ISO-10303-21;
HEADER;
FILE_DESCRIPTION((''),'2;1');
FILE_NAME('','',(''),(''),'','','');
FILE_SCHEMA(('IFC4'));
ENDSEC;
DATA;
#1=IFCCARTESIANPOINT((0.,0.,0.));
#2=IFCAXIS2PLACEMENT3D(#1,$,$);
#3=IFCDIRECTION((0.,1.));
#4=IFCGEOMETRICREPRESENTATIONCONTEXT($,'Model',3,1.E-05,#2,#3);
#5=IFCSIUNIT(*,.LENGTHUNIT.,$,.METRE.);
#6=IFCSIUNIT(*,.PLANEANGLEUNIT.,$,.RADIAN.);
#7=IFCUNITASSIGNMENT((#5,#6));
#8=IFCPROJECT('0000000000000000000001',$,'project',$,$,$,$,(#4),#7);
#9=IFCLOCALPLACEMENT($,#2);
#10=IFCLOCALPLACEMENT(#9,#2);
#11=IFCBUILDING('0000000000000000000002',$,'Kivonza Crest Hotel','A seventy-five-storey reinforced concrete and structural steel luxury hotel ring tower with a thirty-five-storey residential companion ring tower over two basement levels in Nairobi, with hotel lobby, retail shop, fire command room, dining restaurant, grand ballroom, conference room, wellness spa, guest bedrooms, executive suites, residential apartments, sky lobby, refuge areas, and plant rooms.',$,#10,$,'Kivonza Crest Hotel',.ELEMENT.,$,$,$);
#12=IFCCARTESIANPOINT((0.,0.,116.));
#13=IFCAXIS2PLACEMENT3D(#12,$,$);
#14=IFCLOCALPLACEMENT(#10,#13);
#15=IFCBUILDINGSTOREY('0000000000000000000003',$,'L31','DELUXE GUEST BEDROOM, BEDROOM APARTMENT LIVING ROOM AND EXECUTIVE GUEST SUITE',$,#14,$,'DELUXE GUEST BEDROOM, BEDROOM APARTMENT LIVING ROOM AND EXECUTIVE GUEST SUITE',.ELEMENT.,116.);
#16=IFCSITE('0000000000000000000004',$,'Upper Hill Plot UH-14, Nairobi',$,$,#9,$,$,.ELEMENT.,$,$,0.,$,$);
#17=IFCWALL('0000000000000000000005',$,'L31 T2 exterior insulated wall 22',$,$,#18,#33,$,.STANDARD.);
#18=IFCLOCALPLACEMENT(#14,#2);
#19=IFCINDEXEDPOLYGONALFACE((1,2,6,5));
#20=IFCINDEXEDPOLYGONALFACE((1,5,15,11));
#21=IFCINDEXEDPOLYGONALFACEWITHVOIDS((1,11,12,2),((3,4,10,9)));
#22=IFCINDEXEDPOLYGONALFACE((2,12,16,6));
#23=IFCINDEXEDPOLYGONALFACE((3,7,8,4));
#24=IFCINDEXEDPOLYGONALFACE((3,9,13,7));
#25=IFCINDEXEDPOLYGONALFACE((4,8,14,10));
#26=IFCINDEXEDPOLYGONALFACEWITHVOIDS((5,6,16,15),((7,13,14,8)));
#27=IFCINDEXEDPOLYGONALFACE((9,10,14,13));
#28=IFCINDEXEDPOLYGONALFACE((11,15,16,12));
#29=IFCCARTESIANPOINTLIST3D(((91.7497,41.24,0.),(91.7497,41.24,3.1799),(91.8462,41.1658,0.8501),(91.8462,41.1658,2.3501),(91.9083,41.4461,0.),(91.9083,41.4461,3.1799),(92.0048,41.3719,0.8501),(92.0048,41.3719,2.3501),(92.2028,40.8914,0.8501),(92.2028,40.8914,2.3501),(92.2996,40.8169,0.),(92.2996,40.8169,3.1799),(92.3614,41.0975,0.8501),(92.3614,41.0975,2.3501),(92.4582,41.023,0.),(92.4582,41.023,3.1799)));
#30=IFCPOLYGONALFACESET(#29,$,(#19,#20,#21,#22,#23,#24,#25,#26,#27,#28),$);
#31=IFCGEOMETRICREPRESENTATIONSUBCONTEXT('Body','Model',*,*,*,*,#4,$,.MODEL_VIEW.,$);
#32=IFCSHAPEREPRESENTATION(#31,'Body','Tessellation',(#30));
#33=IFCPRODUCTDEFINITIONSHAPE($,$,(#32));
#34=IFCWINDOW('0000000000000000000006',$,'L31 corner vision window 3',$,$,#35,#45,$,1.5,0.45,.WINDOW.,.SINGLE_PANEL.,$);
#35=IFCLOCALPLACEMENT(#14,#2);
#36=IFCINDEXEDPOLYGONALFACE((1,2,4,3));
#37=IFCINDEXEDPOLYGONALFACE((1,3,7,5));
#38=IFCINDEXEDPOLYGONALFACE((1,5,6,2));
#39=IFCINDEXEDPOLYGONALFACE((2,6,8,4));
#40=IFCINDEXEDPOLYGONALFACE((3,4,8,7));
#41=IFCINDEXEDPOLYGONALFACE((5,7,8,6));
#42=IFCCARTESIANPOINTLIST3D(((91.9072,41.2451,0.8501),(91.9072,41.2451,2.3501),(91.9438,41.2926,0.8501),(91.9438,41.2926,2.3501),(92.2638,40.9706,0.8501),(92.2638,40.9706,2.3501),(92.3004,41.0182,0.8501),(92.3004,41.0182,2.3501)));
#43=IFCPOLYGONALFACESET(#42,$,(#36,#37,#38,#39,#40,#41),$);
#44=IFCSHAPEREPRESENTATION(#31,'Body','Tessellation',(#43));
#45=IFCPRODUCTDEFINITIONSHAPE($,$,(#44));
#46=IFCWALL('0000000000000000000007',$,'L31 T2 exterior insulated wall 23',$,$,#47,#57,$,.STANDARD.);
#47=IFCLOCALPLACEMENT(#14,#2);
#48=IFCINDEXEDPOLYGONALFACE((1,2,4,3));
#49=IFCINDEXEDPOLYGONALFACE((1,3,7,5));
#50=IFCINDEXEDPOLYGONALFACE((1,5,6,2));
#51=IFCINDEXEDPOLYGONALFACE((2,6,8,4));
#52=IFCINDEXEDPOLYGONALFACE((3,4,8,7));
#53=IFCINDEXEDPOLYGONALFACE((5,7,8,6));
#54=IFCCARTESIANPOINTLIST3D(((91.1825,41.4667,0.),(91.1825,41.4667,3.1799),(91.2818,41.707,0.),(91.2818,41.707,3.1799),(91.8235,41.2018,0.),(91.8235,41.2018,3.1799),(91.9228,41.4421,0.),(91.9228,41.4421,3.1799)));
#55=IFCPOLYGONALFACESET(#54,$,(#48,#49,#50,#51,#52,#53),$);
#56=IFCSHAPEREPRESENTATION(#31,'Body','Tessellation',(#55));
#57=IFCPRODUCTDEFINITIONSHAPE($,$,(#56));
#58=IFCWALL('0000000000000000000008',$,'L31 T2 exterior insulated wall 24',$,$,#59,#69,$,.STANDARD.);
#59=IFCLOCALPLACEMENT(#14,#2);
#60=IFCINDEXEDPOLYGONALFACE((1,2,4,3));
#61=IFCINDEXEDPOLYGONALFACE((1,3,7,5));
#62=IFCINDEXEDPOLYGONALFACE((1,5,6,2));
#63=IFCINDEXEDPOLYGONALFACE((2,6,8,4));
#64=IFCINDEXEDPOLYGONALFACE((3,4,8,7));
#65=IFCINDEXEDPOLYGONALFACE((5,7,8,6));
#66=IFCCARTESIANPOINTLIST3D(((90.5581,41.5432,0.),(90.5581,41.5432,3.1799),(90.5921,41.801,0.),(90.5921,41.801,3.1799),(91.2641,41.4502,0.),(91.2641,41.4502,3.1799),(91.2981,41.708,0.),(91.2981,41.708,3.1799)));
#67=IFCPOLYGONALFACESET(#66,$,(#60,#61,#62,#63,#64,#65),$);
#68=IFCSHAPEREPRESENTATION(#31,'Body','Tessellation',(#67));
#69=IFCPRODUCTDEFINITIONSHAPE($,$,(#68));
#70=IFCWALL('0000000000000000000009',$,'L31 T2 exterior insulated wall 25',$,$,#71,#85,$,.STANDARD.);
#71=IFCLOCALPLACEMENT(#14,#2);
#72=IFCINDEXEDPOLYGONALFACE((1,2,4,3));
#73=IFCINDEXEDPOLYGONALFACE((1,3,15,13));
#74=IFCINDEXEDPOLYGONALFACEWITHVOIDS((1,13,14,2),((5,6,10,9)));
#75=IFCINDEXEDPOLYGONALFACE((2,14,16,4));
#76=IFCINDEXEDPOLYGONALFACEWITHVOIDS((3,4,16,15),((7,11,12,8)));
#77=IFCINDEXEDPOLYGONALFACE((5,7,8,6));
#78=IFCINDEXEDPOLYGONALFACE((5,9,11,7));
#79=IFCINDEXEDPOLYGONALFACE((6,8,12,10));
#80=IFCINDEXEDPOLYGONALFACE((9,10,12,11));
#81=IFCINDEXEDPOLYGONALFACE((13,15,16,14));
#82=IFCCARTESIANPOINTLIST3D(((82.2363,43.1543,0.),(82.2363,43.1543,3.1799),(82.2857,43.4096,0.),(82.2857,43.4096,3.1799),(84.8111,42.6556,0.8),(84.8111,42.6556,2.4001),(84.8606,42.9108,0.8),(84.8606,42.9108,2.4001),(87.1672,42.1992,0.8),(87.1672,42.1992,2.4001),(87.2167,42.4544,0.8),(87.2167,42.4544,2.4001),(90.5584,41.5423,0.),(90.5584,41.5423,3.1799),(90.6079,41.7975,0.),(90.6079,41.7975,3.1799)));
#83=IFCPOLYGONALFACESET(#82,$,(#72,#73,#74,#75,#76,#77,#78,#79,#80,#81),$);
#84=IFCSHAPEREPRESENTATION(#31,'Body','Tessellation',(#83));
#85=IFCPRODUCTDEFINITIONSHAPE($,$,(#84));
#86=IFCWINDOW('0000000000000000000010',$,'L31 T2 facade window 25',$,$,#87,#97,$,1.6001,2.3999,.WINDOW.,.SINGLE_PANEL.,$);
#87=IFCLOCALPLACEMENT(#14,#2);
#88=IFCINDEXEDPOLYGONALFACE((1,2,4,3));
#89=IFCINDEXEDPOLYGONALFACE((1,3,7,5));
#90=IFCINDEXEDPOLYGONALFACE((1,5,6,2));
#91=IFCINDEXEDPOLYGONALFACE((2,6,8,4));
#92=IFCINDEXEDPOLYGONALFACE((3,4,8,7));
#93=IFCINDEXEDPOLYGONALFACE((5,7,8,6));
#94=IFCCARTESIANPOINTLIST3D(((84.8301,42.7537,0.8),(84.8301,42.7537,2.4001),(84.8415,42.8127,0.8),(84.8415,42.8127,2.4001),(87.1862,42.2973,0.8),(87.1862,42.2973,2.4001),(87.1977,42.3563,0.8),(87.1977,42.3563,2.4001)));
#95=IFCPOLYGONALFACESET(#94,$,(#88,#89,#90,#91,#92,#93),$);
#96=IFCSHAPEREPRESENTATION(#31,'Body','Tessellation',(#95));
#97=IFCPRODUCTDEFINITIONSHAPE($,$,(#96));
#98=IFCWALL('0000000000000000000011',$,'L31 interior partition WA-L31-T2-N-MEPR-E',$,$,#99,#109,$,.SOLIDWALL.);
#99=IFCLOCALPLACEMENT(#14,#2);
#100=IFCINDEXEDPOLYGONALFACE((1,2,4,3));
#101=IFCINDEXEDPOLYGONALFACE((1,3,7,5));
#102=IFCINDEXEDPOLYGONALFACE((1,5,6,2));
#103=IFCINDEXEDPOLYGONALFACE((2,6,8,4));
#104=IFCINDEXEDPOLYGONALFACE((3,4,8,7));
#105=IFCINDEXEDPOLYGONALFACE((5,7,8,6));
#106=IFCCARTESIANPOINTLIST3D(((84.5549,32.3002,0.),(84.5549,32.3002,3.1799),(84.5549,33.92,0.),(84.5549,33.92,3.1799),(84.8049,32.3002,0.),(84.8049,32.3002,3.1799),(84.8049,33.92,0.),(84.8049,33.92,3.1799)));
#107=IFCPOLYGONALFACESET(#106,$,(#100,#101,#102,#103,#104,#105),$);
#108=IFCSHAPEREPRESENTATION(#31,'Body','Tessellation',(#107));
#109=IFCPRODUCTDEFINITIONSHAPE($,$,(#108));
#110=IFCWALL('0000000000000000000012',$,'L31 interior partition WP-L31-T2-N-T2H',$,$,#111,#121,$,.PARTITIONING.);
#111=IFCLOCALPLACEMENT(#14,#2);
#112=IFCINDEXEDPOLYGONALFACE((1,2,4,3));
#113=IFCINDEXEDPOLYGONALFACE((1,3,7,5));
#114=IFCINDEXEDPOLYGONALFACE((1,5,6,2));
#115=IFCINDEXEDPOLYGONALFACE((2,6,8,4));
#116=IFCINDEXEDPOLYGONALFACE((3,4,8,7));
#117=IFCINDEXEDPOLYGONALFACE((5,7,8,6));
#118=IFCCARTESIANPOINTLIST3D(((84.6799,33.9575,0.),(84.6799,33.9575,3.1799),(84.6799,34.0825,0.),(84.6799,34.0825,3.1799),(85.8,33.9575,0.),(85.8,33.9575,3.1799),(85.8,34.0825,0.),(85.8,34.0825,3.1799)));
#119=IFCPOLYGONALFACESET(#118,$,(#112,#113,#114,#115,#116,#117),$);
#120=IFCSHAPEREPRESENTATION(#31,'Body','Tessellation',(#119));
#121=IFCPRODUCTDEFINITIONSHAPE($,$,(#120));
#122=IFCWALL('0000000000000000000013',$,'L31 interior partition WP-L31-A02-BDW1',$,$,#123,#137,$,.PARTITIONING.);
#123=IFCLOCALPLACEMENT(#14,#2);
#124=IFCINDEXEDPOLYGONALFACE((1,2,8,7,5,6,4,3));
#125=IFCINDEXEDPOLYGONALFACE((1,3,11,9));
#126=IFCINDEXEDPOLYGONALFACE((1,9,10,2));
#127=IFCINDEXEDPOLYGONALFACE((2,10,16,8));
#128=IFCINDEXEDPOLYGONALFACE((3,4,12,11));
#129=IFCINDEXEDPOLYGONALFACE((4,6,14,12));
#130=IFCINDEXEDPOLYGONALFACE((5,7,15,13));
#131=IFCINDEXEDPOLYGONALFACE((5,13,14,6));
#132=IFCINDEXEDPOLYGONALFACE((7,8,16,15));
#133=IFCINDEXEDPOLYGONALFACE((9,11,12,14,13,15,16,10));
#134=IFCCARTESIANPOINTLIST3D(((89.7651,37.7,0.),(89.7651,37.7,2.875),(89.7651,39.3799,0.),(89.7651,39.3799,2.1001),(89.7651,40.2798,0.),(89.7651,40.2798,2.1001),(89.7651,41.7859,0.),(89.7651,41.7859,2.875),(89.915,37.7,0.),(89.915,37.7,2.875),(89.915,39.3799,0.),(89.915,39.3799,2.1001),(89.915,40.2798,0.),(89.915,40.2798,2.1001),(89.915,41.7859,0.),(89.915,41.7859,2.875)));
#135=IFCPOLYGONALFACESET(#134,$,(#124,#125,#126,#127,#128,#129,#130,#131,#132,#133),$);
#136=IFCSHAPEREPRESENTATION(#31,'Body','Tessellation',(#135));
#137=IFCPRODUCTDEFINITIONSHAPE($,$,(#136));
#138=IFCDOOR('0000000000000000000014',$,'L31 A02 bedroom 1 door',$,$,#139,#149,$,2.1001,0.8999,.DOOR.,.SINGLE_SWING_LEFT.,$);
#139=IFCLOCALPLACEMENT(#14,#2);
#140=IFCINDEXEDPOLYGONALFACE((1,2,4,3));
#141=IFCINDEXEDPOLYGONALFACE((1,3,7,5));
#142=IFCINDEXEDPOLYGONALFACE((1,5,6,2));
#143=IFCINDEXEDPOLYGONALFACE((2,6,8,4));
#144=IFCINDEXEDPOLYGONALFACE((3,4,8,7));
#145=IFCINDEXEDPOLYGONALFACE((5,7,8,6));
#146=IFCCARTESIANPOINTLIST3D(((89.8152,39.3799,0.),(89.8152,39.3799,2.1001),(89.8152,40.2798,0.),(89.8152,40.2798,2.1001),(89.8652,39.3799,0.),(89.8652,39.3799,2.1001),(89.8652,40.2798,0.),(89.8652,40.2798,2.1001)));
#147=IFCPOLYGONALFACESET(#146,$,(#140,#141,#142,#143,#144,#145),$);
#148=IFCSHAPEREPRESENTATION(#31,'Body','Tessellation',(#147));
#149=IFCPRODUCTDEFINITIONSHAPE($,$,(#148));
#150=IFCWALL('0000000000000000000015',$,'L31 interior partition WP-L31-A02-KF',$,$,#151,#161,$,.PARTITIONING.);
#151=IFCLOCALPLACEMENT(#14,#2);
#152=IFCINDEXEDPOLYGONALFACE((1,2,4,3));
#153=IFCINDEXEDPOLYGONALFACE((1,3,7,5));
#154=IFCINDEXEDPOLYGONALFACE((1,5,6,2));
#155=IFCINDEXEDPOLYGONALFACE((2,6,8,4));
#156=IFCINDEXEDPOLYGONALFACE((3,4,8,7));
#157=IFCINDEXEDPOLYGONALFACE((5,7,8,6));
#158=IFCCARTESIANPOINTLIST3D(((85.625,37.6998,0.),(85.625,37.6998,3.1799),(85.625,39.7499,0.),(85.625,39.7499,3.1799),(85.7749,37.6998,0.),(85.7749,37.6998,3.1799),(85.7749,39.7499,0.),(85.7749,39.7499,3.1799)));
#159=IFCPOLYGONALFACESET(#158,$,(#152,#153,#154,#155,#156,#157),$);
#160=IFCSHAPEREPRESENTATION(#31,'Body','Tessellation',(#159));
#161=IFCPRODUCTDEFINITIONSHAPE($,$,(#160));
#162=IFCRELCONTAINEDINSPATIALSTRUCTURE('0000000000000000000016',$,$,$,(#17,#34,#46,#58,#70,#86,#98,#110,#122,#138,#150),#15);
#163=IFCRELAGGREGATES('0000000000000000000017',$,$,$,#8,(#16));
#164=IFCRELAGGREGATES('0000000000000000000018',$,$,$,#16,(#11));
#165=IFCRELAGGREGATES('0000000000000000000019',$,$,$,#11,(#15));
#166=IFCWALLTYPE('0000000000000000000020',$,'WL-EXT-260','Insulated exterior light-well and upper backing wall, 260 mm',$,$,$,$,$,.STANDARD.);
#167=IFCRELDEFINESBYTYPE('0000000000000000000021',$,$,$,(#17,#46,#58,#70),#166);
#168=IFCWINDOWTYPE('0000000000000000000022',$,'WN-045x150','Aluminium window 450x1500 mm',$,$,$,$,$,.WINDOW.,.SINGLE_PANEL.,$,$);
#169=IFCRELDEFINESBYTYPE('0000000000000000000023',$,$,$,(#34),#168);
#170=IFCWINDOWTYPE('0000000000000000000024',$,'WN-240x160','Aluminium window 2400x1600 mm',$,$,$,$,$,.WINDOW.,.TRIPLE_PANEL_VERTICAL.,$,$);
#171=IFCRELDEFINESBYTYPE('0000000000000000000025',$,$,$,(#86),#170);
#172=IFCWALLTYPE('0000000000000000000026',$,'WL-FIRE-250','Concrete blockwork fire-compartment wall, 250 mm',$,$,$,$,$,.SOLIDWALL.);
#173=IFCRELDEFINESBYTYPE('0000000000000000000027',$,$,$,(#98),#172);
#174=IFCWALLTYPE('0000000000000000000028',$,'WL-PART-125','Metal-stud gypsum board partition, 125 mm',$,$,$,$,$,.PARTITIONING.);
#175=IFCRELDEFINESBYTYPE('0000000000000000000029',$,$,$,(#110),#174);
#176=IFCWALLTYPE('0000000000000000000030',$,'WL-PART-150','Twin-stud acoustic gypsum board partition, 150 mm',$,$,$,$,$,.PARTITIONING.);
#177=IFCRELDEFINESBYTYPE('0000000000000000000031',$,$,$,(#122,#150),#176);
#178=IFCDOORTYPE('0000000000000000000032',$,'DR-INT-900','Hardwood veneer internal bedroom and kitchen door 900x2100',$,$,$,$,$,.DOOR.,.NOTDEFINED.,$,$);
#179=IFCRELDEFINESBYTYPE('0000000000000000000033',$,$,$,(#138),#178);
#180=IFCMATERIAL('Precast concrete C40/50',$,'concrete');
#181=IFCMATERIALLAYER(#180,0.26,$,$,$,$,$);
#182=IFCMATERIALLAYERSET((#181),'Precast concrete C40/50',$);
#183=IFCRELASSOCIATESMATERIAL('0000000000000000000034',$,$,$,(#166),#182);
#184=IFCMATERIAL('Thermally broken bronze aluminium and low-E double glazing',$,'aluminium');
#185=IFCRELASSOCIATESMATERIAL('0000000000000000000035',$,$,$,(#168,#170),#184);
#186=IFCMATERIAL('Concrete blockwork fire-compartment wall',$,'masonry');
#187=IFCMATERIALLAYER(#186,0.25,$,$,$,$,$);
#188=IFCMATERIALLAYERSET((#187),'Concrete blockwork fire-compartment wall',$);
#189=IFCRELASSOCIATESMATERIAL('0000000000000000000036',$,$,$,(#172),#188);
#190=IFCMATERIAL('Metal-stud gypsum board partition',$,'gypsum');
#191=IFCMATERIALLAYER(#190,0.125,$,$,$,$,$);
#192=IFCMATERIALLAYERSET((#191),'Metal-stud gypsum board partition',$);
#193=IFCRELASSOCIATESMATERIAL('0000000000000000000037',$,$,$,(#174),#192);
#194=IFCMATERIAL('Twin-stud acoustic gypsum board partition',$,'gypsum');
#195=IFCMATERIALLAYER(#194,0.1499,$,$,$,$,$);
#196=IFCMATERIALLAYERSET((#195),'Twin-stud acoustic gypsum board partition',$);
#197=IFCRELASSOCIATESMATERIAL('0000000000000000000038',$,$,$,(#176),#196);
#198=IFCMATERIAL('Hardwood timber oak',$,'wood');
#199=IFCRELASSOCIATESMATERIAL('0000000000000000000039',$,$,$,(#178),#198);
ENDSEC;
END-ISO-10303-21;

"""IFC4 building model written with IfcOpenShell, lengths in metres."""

from ifc_helpers import new_model, si_unit, direction, frame, frame_2d, origin, place, context, subcontext, project, spatial, rectangle, extrude, material, layer, layer_set, type_object, element, fill, save


model = new_model("IFC4")

# Units and contexts
model_context = context("Model", 3, precision=1e-05, world=origin(), true_north=direction((0.0, 1.0)))
body_context = subcontext(model_context, "Body", "Model", "MODEL_VIEW")
ifc_project = project(units=[si_unit("LENGTHUNIT", "METRE"), si_unit("PLANEANGLEUNIT", "RADIAN")], contexts=[model_context])

# Site, building, storey
site_placement = place(None, origin())
site = spatial("IfcSite", under=ifc_project, at=site_placement, Name="Upper Hill Plot UH-14, Nairobi", CompositionType="ELEMENT", RefElevation=0.0)
building_placement = place(site_placement, origin())
building = spatial("IfcBuilding", under=site, at=building_placement, Name="Kivonza Crest Hotel", Description="A seventy-five-storey reinforced concrete and structural steel luxury hotel ring tower with a thirty-five-storey residential companion ring tower over two basement levels in Nairobi, with hotel lobby, retail shop, fire command room, dining restaurant, grand ballroom, conference room, wellness spa, guest bedrooms, executive suites, residential apartments, sky lobby, refuge areas, and plant rooms.", LongName="Kivonza Crest Hotel", CompositionType="ELEMENT")
storey_placement = place(building_placement, frame((0.0, 0.0, 116.0)))
storey = spatial("IfcBuildingStorey", under=building, at=storey_placement, Name="L31", Description="DELUXE GUEST BEDROOM, BEDROOM APARTMENT LIVING ROOM AND EXECUTIVE GUEST SUITE", LongName="DELUXE GUEST BEDROOM, BEDROOM APARTMENT LIVING ROOM AND EXECUTIVE GUEST SUITE", CompositionType="ELEMENT", Elevation=116.0)

# Shared definitions
ifc_material_1 = material(Name="Hardwood timber oak", Category="wood")

# Shared definitions
ifc_material_2 = material(Name="Precast concrete C40/50", Category="concrete")
ifc_layer_1 = layer(ifc_material_2, 0.26)
ifc_layer_set_1 = layer_set([ifc_layer_1], Name="Precast concrete C40/50")
wall_type_1 = type_object("IfcWallType", Name="WL-EXT-260", Description="Insulated exterior light-well and upper backing wall, 260 mm", PredefinedType="STANDARD", material=ifc_layer_set_1)

# Wall, opening, window
wall_1_placement = place(storey_placement, frame((92.3789, 40.9199, 0.0), z_axis=(0.0, 0.0, 1.0), x_axis=(-0.792506, 0.609864, 0.0)))
wall_1 = element("IfcWall", 1, at=wall_1_placement, inside=storey, type_object=wall_type_1, Name="L31 T2 exterior insulated wall 22", PredefinedType="STANDARD", context=body_context, shape_type="SweptSolid", body=[
    extrude(rectangle(XDim=0.6938, YDim=0.26, at=frame_2d((0.3469, 0.0))), origin(), (0.0, 0.0, 1.0), 3.1799),
])
opening_1_placement = place(wall_1_placement, frame((0.1221, 0.0, 0.8501)))
opening_1 = element("IfcOpeningElement", 2, at=opening_1_placement, cuts=wall_1, PredefinedType="OPENING", context=body_context, shape_type="SweptSolid", body=[
    extrude(rectangle(XDim=0.45, YDim=1.5, at=frame_2d((0.2251, 0.75))), frame((0.0, 0.1401, 0.0), z_axis=(0.0, -1.0, 0.0), x_axis=(1.0, 0.0, 0.0)), (0.0, 0.0, 1.0), 0.28),
])
ifc_material_3 = material(Name="Thermally broken bronze aluminium and low-E double glazing", Category="aluminium")
window_type_1 = type_object("IfcWindowType", Name="WN-045x150", Description="Aluminium window 450x1500 mm", PartitioningType="SINGLE_PANEL", PredefinedType="WINDOW", material=ifc_material_3)
window_1_placement = place(opening_1_placement, origin())
window_1 = element("IfcWindow", 3, at=window_1_placement, inside=storey, type_object=window_type_1, Name="L31 corner vision window 3", OverallHeight=1.5, OverallWidth=0.45, PartitioningType="SINGLE_PANEL", PredefinedType="WINDOW", context=body_context, shape_type="SweptSolid", body=[
    extrude(rectangle(XDim=0.45, YDim=1.5, at=frame_2d((0.2251, 0.75))), frame((0.0, 0.03, 0.0), z_axis=(0.0, -1.0, 0.0), x_axis=(1.0, 0.0, 0.0)), (0.0, 0.0, 1.0), 0.0601),
])
fill(opening_1, window_1)

# Walls
wall_2_placement = place(storey_placement, frame((91.873, 41.322, 0.0), z_axis=(0.0, 0.0, 1.0), x_axis=(-0.924218, 0.381865, 0.0)))
element("IfcWall", 4, at=wall_2_placement, inside=storey, type_object=wall_type_1, Name="L31 T2 exterior insulated wall 23", PredefinedType="STANDARD", context=body_context, shape_type="SweptSolid", body=[
    extrude(rectangle(XDim=0.6936, YDim=0.26, at=frame_2d((0.3467, 0.0))), origin(), (0.0, 0.0, 1.0), 3.1799),
])
wall_3_placement = place(storey_placement, frame((91.281, 41.5791, 0.0), z_axis=(0.0, 0.0, 1.0), x_axis=(-0.991433, 0.130614, 0.0)))
element("IfcWall", 5, at=wall_3_placement, inside=storey, type_object=wall_type_1, Name="L31 T2 exterior insulated wall 24", PredefinedType="STANDARD", context=body_context, shape_type="SweptSolid", body=[
    extrude(rectangle(XDim=0.7122, YDim=0.26, at=frame_2d((0.356, 0.0))), origin(), (0.0, 0.0, 1.0), 3.1799),
])

# Wall, opening, window
wall_4_placement = place(storey_placement, frame((90.583, 41.6699, 0.0), z_axis=(0.0, 0.0, 1.0), x_axis=(-0.98175, 0.190175, 0.0)))
wall_4 = element("IfcWall", 6, at=wall_4_placement, inside=storey, type_object=wall_type_1, Name="L31 T2 exterior insulated wall 25", PredefinedType="STANDARD", context=body_context, shape_type="SweptSolid", body=[
    extrude(rectangle(XDim=8.4768, YDim=0.26, at=frame_2d((4.2383, 0.0))), origin(), (0.0, 0.0, 1.0), 3.1799),
])
opening_2_placement = place(wall_4_placement, frame((3.4541, 0.0, 0.8)))
opening_2 = element("IfcOpeningElement", 7, at=opening_2_placement, cuts=wall_4, PredefinedType="OPENING", context=body_context, shape_type="SweptSolid", body=[
    extrude(rectangle(XDim=2.3999, YDim=1.6001, at=frame_2d((1.2, 0.8))), frame((0.0, 0.1401, 0.0), z_axis=(0.0, -1.0, 0.0), x_axis=(1.0, 0.0, 0.0)), (0.0, 0.0, 1.0), 0.28),
])
window_type_2 = type_object("IfcWindowType", Name="WN-240x160", Description="Aluminium window 2400x1600 mm", PartitioningType="TRIPLE_PANEL_VERTICAL", PredefinedType="WINDOW", material=ifc_material_3)
window_2_placement = place(opening_2_placement, origin())
window_2 = element("IfcWindow", 8, at=window_2_placement, inside=storey, type_object=window_type_2, Name="L31 T2 facade window 25", OverallHeight=1.6001, OverallWidth=2.3999, PartitioningType="SINGLE_PANEL", PredefinedType="WINDOW", context=body_context, shape_type="SweptSolid", body=[
    extrude(rectangle(XDim=2.3999, YDim=1.6001, at=frame_2d((1.2, 0.8))), frame((0.0, 0.03, 0.0), z_axis=(0.0, -1.0, 0.0), x_axis=(1.0, 0.0, 0.0)), (0.0, 0.0, 1.0), 0.0601),
])
fill(opening_2, window_2)

# Walls
ifc_material_4 = material(Name="Concrete blockwork fire-compartment wall", Category="masonry")
ifc_layer_2 = layer(ifc_material_4, 0.25)
ifc_layer_set_2 = layer_set([ifc_layer_2], Name="Concrete blockwork fire-compartment wall")
wall_type_2 = type_object("IfcWallType", Name="WL-FIRE-250", Description="Concrete blockwork fire-compartment wall, 250 mm", PredefinedType="SOLIDWALL", material=ifc_layer_set_2)
wall_5_placement = place(storey_placement, frame((84.6799, 32.3, 0.0), z_axis=(0.0, 0.0, 1.0), x_axis=(0.0, 1.0, 0.0)))
element("IfcWall", 9, at=wall_5_placement, inside=storey, type_object=wall_type_2, Name="L31 interior partition WA-L31-T2-N-MEPR-E", PredefinedType="SOLIDWALL", context=body_context, shape_type="SweptSolid", body=[
    extrude(rectangle(XDim=1.6199, YDim=0.25, at=frame_2d((0.8101, 0.0))), origin(), (0.0, 0.0, 1.0), 3.1799),
])
ifc_material_5 = material(Name="Metal-stud gypsum board partition", Category="gypsum")
ifc_layer_3 = layer(ifc_material_5, 0.125)
ifc_layer_set_3 = layer_set([ifc_layer_3], Name="Metal-stud gypsum board partition")
wall_type_3 = type_object("IfcWallType", Name="WL-PART-125", Description="Metal-stud gypsum board partition, 125 mm", PredefinedType="PARTITIONING", material=ifc_layer_set_3)
wall_6_placement = place(storey_placement, frame((84.6799, 34.02, 0.0), z_axis=(0.0, 0.0, 1.0), x_axis=(1.0, 0.0, 0.0)))
element("IfcWall", 10, at=wall_6_placement, inside=storey, type_object=wall_type_3, Name="L31 interior partition WP-L31-T2-N-T2H", PredefinedType="PARTITIONING", context=body_context, shape_type="SweptSolid", body=[
    extrude(rectangle(XDim=1.1201, YDim=0.125, at=frame_2d((0.5601, 0.0))), origin(), (0.0, 0.0, 1.0), 3.1799),
])

# Wall, opening, door
ifc_material_6 = material(Name="Twin-stud acoustic gypsum board partition", Category="gypsum")
ifc_layer_4 = layer(ifc_material_6, 0.1499)
ifc_layer_set_4 = layer_set([ifc_layer_4], Name="Twin-stud acoustic gypsum board partition")
wall_type_4 = type_object("IfcWallType", Name="WL-PART-150", Description="Twin-stud acoustic gypsum board partition, 150 mm", PredefinedType="PARTITIONING", material=ifc_layer_set_4)
wall_7_placement = place(storey_placement, frame((89.8401, 37.7, 0.0), z_axis=(0.0, 0.0, 1.0), x_axis=(0.0, 1.0, 0.0)))
wall_7 = element("IfcWall", 11, at=wall_7_placement, inside=storey, type_object=wall_type_4, Name="L31 interior partition WP-L31-A02-BDW1", PredefinedType="PARTITIONING", context=body_context, shape_type="SweptSolid", body=[
    extrude(rectangle(XDim=4.0859, YDim=0.1499, at=frame_2d((2.043, 0.0))), origin(), (0.0, 0.0, 1.0), 2.875),
])
opening_3_placement = place(wall_7_placement, frame((1.6799, 0.0, 0.0)))
opening_3 = element("IfcOpeningElement", 12, at=opening_3_placement, cuts=wall_7, PredefinedType="OPENING", context=body_context, shape_type="SweptSolid", body=[
    extrude(rectangle(XDim=0.8999, YDim=2.1001, at=frame_2d((0.45, 1.05))), frame((0.0, 0.085, 0.0), z_axis=(0.0, -1.0, 0.0), x_axis=(1.0, 0.0, 0.0)), (0.0, 0.0, 1.0), 0.1699),
])
door_type_1 = type_object("IfcDoorType", Name="DR-INT-900", Description="Hardwood veneer internal bedroom and kitchen door 900x2100", OperationType="NOTDEFINED", PredefinedType="DOOR", material=ifc_material_1)
door_1_placement = place(opening_3_placement, origin())
door_1 = element("IfcDoor", 13, at=door_1_placement, inside=storey, type_object=door_type_1, Name="L31 A02 bedroom 1 door", OperationType="SINGLE_SWING_LEFT", OverallHeight=2.1001, OverallWidth=0.8999, PredefinedType="DOOR", context=body_context, shape_type="SweptSolid", body=[
    extrude(rectangle(XDim=0.8999, YDim=2.1001, at=frame_2d((0.45, 1.05))), frame((0.0, 0.0249, 0.0), z_axis=(0.0, -1.0, 0.0), x_axis=(1.0, 0.0, 0.0)), (0.0, 0.0, 1.0), 0.05),
])
fill(opening_3, door_1)

# Wall
wall_8_placement = place(storey_placement, frame((85.7, 37.7, 0.0), z_axis=(0.0, 0.0, 1.0), x_axis=(0.0, 1.0, 0.0)))
element("IfcWall", 14, at=wall_8_placement, inside=storey, type_object=wall_type_4, Name="L31 interior partition WP-L31-A02-KF", PredefinedType="PARTITIONING", context=body_context, shape_type="SweptSolid", body=[
    extrude(rectangle(XDim=2.05, YDim=0.1499, at=frame_2d((1.0249, 0.0))), origin(), (0.0, 0.0, 1.0), 3.1799),
])

save(model, "model.ifc")
